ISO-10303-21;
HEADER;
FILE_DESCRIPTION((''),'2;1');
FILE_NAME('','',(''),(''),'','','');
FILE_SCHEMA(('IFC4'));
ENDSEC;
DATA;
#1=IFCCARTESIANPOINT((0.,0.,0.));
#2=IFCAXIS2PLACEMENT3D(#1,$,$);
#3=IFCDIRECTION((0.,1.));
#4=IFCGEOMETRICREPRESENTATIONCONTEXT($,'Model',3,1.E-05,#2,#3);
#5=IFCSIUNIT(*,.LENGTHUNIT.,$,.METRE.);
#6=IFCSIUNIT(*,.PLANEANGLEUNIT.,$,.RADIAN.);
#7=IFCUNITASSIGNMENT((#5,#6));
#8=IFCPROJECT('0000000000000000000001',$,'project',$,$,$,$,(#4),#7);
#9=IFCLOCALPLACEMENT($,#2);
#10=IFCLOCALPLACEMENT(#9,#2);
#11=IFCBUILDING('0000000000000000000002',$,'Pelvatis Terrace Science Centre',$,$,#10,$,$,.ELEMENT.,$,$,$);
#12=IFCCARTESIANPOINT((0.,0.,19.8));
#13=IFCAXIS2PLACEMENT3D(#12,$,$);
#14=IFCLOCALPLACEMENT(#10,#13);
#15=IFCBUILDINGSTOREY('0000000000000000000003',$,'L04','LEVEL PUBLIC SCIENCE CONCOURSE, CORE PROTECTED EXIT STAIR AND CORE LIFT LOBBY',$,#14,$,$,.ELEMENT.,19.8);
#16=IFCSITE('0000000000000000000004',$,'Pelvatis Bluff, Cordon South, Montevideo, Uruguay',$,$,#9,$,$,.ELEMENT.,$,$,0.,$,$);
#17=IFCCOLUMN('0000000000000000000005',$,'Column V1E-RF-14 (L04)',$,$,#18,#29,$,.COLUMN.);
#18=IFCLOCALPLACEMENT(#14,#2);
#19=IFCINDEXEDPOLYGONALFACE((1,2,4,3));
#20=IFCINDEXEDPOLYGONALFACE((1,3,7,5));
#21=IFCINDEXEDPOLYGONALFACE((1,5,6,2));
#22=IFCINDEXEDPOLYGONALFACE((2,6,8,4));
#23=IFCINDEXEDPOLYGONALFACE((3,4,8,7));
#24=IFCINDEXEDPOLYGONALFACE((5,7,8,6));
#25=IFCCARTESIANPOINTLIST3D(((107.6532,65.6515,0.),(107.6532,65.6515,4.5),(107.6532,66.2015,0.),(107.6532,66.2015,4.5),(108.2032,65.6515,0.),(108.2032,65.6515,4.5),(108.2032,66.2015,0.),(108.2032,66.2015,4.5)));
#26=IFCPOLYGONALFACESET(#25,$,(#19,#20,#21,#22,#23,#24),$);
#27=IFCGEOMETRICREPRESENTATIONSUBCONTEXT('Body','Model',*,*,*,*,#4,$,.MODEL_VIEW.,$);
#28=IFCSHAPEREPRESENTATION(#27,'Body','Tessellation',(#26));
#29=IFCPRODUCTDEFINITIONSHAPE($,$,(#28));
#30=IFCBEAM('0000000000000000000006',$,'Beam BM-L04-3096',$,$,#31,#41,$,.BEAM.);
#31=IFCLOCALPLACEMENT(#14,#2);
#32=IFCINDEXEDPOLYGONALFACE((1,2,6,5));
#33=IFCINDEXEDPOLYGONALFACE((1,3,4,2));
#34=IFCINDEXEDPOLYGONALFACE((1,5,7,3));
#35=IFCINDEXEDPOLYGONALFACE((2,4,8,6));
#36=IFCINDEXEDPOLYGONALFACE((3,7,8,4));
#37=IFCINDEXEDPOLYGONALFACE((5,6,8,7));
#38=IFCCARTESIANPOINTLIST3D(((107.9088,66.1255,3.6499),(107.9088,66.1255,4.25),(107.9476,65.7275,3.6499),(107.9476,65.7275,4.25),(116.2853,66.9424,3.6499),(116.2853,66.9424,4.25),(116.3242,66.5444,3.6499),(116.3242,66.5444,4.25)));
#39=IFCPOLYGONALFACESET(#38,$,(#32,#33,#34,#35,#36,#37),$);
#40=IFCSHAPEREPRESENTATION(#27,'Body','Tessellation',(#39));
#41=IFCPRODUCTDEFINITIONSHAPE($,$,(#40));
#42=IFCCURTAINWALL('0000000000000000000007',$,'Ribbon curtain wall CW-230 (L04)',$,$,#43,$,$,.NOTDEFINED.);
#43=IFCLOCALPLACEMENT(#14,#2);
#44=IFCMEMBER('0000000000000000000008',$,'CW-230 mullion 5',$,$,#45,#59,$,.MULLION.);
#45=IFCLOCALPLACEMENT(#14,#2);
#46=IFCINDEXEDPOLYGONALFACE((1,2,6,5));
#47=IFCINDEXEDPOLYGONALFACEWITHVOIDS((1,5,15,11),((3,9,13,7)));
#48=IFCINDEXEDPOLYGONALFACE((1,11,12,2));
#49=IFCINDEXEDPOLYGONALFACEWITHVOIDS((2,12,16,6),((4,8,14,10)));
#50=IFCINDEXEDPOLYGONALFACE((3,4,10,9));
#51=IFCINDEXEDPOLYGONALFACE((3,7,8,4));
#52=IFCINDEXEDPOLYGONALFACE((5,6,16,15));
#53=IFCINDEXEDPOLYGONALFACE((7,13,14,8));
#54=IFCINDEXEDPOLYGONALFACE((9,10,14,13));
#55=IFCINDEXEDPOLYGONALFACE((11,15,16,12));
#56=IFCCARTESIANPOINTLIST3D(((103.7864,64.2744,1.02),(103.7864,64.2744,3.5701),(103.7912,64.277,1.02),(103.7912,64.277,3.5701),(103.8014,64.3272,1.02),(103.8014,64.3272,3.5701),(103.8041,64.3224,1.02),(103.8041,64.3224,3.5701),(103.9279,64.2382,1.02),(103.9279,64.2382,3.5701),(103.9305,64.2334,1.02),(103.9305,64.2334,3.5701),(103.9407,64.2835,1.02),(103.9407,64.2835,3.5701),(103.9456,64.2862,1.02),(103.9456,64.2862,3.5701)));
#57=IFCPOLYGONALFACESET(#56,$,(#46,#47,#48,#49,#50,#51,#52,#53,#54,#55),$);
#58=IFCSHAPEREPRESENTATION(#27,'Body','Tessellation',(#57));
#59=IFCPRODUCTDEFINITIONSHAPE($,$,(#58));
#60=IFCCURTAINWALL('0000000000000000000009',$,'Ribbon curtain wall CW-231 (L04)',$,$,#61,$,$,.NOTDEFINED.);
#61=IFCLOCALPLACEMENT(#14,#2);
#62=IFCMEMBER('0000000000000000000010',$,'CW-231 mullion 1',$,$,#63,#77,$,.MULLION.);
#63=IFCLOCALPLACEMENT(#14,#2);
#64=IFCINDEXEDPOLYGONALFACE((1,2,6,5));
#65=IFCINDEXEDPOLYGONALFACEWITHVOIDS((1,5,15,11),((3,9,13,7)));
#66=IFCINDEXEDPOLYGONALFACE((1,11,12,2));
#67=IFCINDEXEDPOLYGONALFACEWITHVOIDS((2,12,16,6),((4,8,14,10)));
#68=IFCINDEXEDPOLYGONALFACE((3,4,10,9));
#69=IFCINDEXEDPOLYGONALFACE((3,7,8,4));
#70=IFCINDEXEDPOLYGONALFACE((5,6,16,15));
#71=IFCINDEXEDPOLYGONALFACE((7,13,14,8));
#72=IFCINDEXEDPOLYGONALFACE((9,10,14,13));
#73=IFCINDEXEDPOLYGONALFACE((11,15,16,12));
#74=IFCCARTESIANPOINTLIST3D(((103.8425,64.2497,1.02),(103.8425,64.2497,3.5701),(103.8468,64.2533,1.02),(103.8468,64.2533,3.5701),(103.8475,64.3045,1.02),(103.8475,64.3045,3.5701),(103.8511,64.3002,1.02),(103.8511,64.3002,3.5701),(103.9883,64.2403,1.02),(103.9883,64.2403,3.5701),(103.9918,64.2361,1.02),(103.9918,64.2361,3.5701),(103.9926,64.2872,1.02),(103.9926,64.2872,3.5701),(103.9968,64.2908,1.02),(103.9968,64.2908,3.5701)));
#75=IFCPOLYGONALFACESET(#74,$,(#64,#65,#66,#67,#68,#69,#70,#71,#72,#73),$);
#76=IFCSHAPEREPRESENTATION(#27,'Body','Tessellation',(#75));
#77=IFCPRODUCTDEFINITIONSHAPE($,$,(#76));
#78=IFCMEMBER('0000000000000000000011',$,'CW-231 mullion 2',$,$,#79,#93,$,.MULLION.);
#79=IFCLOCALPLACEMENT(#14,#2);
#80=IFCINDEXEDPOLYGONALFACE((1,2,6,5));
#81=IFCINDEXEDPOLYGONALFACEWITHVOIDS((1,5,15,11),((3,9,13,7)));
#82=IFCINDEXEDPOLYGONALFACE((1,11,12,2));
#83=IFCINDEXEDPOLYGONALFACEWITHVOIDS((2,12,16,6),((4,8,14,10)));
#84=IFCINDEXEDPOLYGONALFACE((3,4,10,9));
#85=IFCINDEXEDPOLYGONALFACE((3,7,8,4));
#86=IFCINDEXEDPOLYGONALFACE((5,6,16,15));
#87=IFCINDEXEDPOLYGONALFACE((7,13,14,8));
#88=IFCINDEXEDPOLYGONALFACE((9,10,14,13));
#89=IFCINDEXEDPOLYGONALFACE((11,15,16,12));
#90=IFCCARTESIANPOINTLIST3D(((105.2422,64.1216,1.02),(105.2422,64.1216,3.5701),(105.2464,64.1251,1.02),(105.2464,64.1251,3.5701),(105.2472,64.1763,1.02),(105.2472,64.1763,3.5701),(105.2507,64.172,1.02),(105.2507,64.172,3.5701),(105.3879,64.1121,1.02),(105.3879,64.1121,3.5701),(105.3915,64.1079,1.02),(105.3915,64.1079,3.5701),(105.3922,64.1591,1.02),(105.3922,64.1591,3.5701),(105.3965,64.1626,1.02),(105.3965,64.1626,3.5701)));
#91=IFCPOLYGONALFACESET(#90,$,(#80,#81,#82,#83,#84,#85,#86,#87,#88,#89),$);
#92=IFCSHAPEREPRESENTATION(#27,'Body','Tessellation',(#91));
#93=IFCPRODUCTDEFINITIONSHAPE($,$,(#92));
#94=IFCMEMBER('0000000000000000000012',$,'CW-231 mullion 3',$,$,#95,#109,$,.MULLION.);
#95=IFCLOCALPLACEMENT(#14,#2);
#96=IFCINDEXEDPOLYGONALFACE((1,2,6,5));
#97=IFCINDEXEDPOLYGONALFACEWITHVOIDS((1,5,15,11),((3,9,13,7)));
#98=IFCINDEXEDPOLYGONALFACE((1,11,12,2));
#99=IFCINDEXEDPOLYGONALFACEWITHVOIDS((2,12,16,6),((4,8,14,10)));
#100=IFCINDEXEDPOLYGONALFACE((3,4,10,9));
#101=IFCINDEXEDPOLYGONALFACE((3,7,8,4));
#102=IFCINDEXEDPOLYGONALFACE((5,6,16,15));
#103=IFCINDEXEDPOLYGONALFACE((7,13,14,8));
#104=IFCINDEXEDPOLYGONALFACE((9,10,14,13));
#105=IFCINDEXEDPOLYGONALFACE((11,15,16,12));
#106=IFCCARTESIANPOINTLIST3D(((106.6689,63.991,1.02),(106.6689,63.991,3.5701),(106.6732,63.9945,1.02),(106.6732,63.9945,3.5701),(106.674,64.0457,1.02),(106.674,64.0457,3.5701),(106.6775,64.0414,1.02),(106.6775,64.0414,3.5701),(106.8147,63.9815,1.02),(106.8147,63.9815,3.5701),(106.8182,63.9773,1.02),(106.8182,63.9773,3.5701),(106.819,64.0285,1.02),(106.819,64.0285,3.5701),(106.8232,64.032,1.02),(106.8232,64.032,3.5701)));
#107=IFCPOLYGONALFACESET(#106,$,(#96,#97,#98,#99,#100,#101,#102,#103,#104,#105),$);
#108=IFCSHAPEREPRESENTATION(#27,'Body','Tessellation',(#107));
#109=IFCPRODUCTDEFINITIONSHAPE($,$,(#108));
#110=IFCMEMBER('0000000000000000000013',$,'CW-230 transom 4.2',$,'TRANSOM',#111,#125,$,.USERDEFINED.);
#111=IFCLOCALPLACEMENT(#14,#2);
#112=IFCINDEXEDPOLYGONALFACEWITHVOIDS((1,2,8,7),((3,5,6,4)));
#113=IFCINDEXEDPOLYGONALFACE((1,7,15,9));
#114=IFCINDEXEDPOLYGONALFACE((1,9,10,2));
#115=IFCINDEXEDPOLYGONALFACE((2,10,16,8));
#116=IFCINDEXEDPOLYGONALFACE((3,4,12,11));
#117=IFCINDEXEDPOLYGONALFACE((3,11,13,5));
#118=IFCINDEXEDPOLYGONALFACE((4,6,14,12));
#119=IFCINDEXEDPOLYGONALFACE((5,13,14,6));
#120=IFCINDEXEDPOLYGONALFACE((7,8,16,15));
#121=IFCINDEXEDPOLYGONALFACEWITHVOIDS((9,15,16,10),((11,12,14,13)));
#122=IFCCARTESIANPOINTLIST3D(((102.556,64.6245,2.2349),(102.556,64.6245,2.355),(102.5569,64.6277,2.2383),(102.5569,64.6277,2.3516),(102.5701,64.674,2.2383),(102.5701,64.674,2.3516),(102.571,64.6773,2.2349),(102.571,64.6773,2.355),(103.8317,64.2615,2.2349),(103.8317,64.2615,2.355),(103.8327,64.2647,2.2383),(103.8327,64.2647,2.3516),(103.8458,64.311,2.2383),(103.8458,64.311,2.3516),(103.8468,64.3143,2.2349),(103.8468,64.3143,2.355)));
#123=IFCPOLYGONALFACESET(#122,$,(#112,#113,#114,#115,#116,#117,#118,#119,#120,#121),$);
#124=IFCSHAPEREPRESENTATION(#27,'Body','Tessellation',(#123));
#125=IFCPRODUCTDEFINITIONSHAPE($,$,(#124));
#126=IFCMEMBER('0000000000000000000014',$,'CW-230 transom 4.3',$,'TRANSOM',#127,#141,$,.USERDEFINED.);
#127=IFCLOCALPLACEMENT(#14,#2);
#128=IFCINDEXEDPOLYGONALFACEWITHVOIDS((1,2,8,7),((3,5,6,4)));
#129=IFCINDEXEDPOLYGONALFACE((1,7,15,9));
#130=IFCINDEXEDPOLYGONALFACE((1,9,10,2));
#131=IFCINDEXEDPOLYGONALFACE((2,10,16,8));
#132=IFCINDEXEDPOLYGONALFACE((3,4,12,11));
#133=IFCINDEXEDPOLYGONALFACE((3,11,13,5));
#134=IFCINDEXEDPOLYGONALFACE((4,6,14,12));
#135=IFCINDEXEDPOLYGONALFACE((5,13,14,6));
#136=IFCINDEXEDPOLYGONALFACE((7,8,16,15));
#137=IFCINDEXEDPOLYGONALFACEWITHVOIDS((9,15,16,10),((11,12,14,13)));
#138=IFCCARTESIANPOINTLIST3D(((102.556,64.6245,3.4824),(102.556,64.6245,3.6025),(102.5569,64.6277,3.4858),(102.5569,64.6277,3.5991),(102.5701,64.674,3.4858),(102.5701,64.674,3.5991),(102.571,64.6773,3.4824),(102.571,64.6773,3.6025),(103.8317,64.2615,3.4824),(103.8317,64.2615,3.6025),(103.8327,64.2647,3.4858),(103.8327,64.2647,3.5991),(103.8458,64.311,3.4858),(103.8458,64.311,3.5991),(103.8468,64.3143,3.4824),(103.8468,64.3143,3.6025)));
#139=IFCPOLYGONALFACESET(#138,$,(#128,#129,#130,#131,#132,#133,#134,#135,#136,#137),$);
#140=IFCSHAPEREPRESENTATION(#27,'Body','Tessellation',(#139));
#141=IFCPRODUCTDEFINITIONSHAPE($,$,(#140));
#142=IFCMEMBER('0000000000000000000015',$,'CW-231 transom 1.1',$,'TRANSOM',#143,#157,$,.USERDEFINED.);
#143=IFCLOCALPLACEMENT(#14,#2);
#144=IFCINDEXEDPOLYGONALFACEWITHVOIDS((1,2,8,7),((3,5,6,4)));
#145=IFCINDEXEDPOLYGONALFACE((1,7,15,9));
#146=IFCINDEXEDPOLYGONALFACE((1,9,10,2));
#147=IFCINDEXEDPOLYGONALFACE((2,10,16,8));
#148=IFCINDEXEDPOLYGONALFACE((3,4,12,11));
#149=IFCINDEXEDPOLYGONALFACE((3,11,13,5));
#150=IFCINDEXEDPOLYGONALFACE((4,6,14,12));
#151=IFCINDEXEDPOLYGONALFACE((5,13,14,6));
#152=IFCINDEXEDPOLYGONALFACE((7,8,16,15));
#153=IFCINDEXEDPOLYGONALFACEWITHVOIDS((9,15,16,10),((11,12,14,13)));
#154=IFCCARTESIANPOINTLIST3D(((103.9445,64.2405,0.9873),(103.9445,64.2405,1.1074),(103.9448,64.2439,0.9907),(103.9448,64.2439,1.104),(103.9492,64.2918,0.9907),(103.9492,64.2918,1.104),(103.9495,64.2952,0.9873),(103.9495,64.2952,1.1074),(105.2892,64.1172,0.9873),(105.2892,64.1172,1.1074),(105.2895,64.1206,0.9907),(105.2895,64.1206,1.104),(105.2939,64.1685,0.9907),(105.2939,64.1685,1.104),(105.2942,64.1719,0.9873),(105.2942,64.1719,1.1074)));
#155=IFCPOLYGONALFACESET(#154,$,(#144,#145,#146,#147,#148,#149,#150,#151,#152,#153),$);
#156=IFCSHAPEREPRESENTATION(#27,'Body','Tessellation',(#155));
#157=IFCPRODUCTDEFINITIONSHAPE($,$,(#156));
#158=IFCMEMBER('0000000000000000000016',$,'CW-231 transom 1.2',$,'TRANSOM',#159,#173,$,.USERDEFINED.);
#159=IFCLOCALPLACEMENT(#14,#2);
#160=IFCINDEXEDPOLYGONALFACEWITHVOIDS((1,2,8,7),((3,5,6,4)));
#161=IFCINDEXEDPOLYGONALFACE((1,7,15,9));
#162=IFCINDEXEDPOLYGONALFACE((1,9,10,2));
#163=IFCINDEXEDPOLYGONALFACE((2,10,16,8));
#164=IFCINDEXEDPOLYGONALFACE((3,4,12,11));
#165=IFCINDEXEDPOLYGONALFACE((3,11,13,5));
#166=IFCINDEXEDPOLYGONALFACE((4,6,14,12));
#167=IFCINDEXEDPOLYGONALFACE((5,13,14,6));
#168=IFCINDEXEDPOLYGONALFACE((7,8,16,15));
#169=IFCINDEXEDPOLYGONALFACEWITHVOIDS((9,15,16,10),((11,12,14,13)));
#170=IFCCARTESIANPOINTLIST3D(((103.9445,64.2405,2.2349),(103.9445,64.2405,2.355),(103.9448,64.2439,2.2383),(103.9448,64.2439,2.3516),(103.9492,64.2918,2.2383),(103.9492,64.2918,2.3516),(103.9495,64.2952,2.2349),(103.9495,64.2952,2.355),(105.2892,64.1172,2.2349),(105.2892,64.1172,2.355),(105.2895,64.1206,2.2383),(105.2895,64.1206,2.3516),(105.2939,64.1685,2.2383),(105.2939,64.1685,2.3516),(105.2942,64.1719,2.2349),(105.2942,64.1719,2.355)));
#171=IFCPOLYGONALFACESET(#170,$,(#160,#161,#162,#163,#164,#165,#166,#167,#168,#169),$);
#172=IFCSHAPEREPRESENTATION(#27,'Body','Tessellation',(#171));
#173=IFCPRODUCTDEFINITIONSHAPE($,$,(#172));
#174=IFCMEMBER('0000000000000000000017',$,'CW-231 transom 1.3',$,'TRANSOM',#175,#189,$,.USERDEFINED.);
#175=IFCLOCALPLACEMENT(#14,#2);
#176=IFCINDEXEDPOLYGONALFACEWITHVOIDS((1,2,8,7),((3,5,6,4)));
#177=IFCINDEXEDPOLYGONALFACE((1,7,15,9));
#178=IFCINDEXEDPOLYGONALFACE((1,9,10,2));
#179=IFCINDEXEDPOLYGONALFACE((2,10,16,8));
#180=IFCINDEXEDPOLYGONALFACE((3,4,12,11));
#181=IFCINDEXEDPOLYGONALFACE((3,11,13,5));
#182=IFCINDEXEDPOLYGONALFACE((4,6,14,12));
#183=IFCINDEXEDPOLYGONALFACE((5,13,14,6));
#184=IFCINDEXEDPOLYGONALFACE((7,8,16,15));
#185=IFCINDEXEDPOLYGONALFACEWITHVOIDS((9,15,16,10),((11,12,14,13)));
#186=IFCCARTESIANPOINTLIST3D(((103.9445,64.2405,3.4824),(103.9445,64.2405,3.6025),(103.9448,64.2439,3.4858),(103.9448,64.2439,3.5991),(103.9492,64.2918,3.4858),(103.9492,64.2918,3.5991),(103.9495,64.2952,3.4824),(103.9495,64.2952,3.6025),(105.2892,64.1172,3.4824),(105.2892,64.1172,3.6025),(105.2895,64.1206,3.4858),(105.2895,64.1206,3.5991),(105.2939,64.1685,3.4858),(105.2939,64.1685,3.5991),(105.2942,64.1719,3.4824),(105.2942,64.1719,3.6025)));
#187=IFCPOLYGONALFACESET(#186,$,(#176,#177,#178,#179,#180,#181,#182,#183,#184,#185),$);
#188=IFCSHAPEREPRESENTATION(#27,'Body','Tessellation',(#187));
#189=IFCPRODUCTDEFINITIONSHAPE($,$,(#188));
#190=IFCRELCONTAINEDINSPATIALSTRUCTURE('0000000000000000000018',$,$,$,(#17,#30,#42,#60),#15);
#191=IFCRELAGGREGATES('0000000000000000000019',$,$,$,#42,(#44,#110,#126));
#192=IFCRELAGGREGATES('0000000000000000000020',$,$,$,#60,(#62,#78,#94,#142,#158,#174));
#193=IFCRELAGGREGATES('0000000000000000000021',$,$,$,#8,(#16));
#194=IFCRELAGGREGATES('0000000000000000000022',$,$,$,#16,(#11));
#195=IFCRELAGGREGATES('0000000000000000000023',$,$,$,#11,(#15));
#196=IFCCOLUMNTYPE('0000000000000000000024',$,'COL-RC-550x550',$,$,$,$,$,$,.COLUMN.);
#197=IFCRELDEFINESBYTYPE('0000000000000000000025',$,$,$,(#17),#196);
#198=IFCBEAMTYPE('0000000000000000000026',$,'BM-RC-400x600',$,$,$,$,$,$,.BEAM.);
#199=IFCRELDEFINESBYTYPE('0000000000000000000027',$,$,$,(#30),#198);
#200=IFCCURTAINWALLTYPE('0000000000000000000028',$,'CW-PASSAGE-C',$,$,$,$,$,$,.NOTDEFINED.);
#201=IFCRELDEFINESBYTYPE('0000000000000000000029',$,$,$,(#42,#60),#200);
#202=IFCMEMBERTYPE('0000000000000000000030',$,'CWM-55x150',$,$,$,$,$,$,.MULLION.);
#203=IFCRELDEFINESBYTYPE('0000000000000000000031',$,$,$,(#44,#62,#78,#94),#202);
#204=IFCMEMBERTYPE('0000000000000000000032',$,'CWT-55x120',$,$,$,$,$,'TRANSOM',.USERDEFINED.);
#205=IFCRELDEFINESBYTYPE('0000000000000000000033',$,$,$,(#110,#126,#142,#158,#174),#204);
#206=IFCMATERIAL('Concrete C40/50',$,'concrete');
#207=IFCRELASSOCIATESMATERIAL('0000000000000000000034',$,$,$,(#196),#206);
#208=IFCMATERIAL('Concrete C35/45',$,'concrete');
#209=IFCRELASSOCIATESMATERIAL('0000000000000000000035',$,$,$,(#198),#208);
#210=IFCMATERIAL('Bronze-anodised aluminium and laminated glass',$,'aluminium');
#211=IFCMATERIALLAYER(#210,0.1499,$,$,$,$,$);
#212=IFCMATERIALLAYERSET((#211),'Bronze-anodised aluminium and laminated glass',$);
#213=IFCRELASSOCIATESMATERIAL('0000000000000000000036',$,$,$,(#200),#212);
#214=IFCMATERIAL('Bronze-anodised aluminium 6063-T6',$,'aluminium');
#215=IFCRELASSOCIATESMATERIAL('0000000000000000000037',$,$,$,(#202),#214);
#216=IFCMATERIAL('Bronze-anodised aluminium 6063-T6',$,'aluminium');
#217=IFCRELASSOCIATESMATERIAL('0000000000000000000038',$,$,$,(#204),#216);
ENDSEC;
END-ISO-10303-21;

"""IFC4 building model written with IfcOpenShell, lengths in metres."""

from ifc_helpers import new_model, si_unit, direction, frame, origin, origin_2d, place, context, subcontext, project, spatial, rectangle, hollow_rectangle, extrude, material, layer, layer_set, material_profile, profile_set, type_object, element, aggregate, save


model = new_model("IFC4")

# Units and contexts
model_context = context("Model", 3, precision=1e-05, world=origin(), true_north=direction((0.0, 1.0)))
body_context = subcontext(model_context, "Body", "Model", "MODEL_VIEW")
ifc_project = project(units=[si_unit("LENGTHUNIT", "METRE"), si_unit("PLANEANGLEUNIT", "RADIAN")], contexts=[model_context])

# Site, building, storey
site_placement = place(None, origin())
site = spatial("IfcSite", under=ifc_project, at=site_placement, Name="Pelvatis Bluff, Cordon South, Montevideo, Uruguay", CompositionType="ELEMENT", RefElevation=0.0)
building_placement = place(site_placement, origin())
building = spatial("IfcBuilding", under=site, at=building_placement, Name="Pelvatis Terrace Science Centre", CompositionType="ELEMENT")
storey_placement = place(building_placement, frame((0.0, 0.0, 19.8)))
storey = spatial("IfcBuildingStorey", under=building, at=storey_placement, Name="L04", Description="LEVEL PUBLIC SCIENCE CONCOURSE, CORE PROTECTED EXIT STAIR AND CORE LIFT LOBBY", CompositionType="ELEMENT", Elevation=19.8)

# Column
ifc_material_1 = material(Name="Concrete C40/50", Category="concrete")
ifc_material_profile_1 = material_profile(ifc_material_1, rectangle(XDim=0.55, YDim=0.55, at=origin_2d()), Name="RC-COL 550x550")
ifc_profile_set_1 = profile_set([ifc_material_profile_1], Name="Concrete C40/50")
column_type = type_object("IfcColumnType", Name="COL-RC-550x550", PredefinedType="COLUMN", material=ifc_profile_set_1)
column_placement = place(storey_placement, frame((107.9282, 65.9265, 0.0), z_axis=(0.0, 0.0, 1.0), x_axis=(1.0, 0.0, 0.0)))
element("IfcColumn", 1, at=column_placement, inside=storey, type_object=column_type, Name="Column V1E-RF-14 (L04)", PredefinedType="COLUMN", context=body_context, shape_type="SweptSolid", body=[
    extrude(rectangle(XDim=0.55, YDim=0.55, at=origin_2d()), origin(), (0.0, 0.0, 1.0), 4.5),
])

# Beam
ifc_material_2 = material(Name="Concrete C35/45", Category="concrete")
ifc_material_profile_2 = material_profile(ifc_material_2, rectangle(XDim=0.3999, YDim=0.6001, at=origin_2d()), Name="RC-BM 400x600")
ifc_profile_set_2 = profile_set([ifc_material_profile_2], Name="Concrete C35/45")
beam_type = type_object("IfcBeamType", Name="BM-RC-400x600", PredefinedType="BEAM", material=ifc_profile_set_2)
beam_placement = place(storey_placement, frame((107.9282, 65.9265, 3.95), z_axis=(0.995278, 0.097062, 0.0), x_axis=(-0.097062, 0.995278, 0.0)))
element("IfcBeam", 2, at=beam_placement, inside=storey, type_object=beam_type, Name="Beam BM-L04-3096", PredefinedType="BEAM", context=body_context, shape_type="SweptSolid", body=[
    extrude(rectangle(XDim=0.3999, YDim=0.6001, at=origin_2d()), origin(), (0.0, 0.0, 1.0), 8.4163),
])

# Curtain wall, member
ifc_material_3 = material(Name="Bronze-anodised aluminium and laminated glass", Category="aluminium")
ifc_layer_1 = layer(ifc_material_3, 0.1499)
ifc_layer_set_1 = layer_set([ifc_layer_1], Name="Bronze-anodised aluminium and laminated glass")
curtain_wall_type = type_object("IfcCurtainWallType", Name="CW-PASSAGE-C", PredefinedType="NOTDEFINED", material=ifc_layer_set_1)
curtain_wall_1_placement = place(storey_placement, origin())
curtain_wall_1 = element("IfcCurtainWall", 3, at=curtain_wall_1_placement, inside=storey, type_object=curtain_wall_type, Name="Ribbon curtain wall CW-230 (L04)", PredefinedType="NOTDEFINED")
ifc_material_4 = material(Name="Bronze-anodised aluminium 6063-T6", Category="aluminium")
ifc_material_profile_3 = material_profile(ifc_material_4, hollow_rectangle(XDim=0.0549, YDim=0.1499, WallThickness=0.0039, at=origin_2d()), Name="ALU-MUL 55x150")
ifc_profile_set_3 = profile_set([ifc_material_profile_3], Name="Bronze-anodised aluminium 6063-T6")
member_type_1 = type_object("IfcMemberType", Name="CWM-55x150", PredefinedType="MULLION", material=ifc_profile_set_3)
member_1_placement = place(storey_placement, frame((103.866, 64.2803, 1.02), z_axis=(0.0, 0.0, 1.0), x_axis=(0.273577, 0.96185, 0.0)))
member_1 = element("IfcMember", 4, at=member_1_placement, type_object=member_type_1, Name="CW-230 mullion 5", PredefinedType="MULLION", context=body_context, shape_type="SweptSolid", body=[
    extrude(hollow_rectangle(XDim=0.0549, YDim=0.1499, WallThickness=0.0039, at=origin_2d()), origin(), (0.0, 0.0, 1.0), 2.55),
])

# Curtain wall, members
curtain_wall_2_placement = place(storey_placement, origin())
curtain_wall_2 = element("IfcCurtainWall", 5, at=curtain_wall_2_placement, inside=storey, type_object=curtain_wall_type, Name="Ribbon curtain wall CW-231 (L04)", PredefinedType="NOTDEFINED")
member_2_placement = place(storey_placement, frame((103.9197, 64.2703, 1.02), z_axis=(0.0, 0.0, 1.0), x_axis=(0.091214, 0.995831, 0.0)))
member_2 = element("IfcMember", 6, at=member_2_placement, type_object=member_type_1, Name="CW-231 mullion 1", PredefinedType="MULLION", context=body_context, shape_type="SweptSolid", body=[
    extrude(hollow_rectangle(XDim=0.0549, YDim=0.1499, WallThickness=0.0039, at=origin_2d()), origin(), (0.0, 0.0, 1.0), 2.55),
])
member_3_placement = place(storey_placement, frame((105.3193, 64.1421, 1.02), z_axis=(0.0, 0.0, 1.0), x_axis=(0.091214, 0.995831, 0.0)))
member_3 = element("IfcMember", 7, at=member_3_placement, type_object=member_type_1, Name="CW-231 mullion 2", PredefinedType="MULLION", context=body_context, shape_type="SweptSolid", body=[
    extrude(hollow_rectangle(XDim=0.0549, YDim=0.1499, WallThickness=0.0039, at=origin_2d()), origin(), (0.0, 0.0, 1.0), 2.55),
])
member_4_placement = place(storey_placement, frame((106.7461, 64.0115, 1.02), z_axis=(0.0, 0.0, 1.0), x_axis=(0.091214, 0.995831, 0.0)))
member_4 = element("IfcMember", 8, at=member_4_placement, type_object=member_type_1, Name="CW-231 mullion 3", PredefinedType="MULLION", context=body_context, shape_type="SweptSolid", body=[
    extrude(hollow_rectangle(XDim=0.0549, YDim=0.1499, WallThickness=0.0039, at=origin_2d()), origin(), (0.0, 0.0, 1.0), 2.55),
])

# Members
ifc_material_5 = material(Name="Bronze-anodised aluminium 6063-T6", Category="aluminium")
ifc_material_profile_4 = material_profile(ifc_material_5, hollow_rectangle(XDim=0.0549, YDim=0.1201, WallThickness=0.0034, at=origin_2d()), Name="ALU-TRN 55x120")
ifc_profile_set_4 = profile_set([ifc_material_profile_4], Name="Bronze-anodised aluminium 6063-T6")
member_type_2 = type_object("IfcMemberType", Name="CWT-55x120", ElementType="TRANSOM", PredefinedType="USERDEFINED", material=ifc_profile_set_4)
member_5_placement = place(storey_placement, frame((102.5635, 64.6509, 2.2949), z_axis=(0.961822, -0.273676, 0.0), x_axis=(0.273676, 0.961822, 0.0)))
member_5 = element("IfcMember", 9, at=member_5_placement, type_object=member_type_2, Name="CW-230 transom 4.2", ObjectType="TRANSOM", PredefinedType="USERDEFINED", context=body_context, shape_type="SweptSolid", body=[
    extrude(hollow_rectangle(XDim=0.0549, YDim=0.1201, WallThickness=0.0034, at=origin_2d()), origin(), (0.0, 0.0, 1.0), 1.3264),
])
member_6_placement = place(storey_placement, frame((102.5635, 64.6509, 3.5425), z_axis=(0.961822, -0.273676, 0.0), x_axis=(0.273676, 0.961822, 0.0)))
member_6 = element("IfcMember", 10, at=member_6_placement, type_object=member_type_2, Name="CW-230 transom 4.3", ObjectType="TRANSOM", PredefinedType="USERDEFINED", context=body_context, shape_type="SweptSolid", body=[
    extrude(hollow_rectangle(XDim=0.0549, YDim=0.1201, WallThickness=0.0034, at=origin_2d()), origin(), (0.0, 0.0, 1.0), 1.3264),
])
member_7_placement = place(storey_placement, frame((103.947, 64.2678, 1.0474), z_axis=(0.995823, -0.091302, 0.0), x_axis=(0.091302, 0.995823, 0.0)))
member_7 = element("IfcMember", 11, at=member_7_placement, type_object=member_type_2, Name="CW-231 transom 1.1", ObjectType="TRANSOM", PredefinedType="USERDEFINED", context=body_context, shape_type="SweptSolid", body=[
    extrude(hollow_rectangle(XDim=0.0549, YDim=0.1201, WallThickness=0.0034, at=origin_2d()), origin(), (0.0, 0.0, 1.0), 1.3503),
])
member_8_placement = place(storey_placement, frame((103.947, 64.2678, 2.2949), z_axis=(0.995823, -0.091302, 0.0), x_axis=(0.091302, 0.995823, 0.0)))
member_8 = element("IfcMember", 12, at=member_8_placement, type_object=member_type_2, Name="CW-231 transom 1.2", ObjectType="TRANSOM", PredefinedType="USERDEFINED", context=body_context, shape_type="SweptSolid", body=[
    extrude(hollow_rectangle(XDim=0.0549, YDim=0.1201, WallThickness=0.0034, at=origin_2d()), origin(), (0.0, 0.0, 1.0), 1.3503),
])
member_9_placement = place(storey_placement, frame((103.947, 64.2678, 3.5425), z_axis=(0.995823, -0.091302, 0.0), x_axis=(0.091302, 0.995823, 0.0)))
member_9 = element("IfcMember", 13, at=member_9_placement, type_object=member_type_2, Name="CW-231 transom 1.3", ObjectType="TRANSOM", PredefinedType="USERDEFINED", context=body_context, shape_type="SweptSolid", body=[
    extrude(hollow_rectangle(XDim=0.0549, YDim=0.1201, WallThickness=0.0034, at=origin_2d()), origin(), (0.0, 0.0, 1.0), 1.3503),
])

aggregate(curtain_wall_1, [member_1, member_5, member_6])
aggregate(curtain_wall_2, [member_2, member_3, member_4, member_7, member_8, member_9])

save(model, "model.ifc")
